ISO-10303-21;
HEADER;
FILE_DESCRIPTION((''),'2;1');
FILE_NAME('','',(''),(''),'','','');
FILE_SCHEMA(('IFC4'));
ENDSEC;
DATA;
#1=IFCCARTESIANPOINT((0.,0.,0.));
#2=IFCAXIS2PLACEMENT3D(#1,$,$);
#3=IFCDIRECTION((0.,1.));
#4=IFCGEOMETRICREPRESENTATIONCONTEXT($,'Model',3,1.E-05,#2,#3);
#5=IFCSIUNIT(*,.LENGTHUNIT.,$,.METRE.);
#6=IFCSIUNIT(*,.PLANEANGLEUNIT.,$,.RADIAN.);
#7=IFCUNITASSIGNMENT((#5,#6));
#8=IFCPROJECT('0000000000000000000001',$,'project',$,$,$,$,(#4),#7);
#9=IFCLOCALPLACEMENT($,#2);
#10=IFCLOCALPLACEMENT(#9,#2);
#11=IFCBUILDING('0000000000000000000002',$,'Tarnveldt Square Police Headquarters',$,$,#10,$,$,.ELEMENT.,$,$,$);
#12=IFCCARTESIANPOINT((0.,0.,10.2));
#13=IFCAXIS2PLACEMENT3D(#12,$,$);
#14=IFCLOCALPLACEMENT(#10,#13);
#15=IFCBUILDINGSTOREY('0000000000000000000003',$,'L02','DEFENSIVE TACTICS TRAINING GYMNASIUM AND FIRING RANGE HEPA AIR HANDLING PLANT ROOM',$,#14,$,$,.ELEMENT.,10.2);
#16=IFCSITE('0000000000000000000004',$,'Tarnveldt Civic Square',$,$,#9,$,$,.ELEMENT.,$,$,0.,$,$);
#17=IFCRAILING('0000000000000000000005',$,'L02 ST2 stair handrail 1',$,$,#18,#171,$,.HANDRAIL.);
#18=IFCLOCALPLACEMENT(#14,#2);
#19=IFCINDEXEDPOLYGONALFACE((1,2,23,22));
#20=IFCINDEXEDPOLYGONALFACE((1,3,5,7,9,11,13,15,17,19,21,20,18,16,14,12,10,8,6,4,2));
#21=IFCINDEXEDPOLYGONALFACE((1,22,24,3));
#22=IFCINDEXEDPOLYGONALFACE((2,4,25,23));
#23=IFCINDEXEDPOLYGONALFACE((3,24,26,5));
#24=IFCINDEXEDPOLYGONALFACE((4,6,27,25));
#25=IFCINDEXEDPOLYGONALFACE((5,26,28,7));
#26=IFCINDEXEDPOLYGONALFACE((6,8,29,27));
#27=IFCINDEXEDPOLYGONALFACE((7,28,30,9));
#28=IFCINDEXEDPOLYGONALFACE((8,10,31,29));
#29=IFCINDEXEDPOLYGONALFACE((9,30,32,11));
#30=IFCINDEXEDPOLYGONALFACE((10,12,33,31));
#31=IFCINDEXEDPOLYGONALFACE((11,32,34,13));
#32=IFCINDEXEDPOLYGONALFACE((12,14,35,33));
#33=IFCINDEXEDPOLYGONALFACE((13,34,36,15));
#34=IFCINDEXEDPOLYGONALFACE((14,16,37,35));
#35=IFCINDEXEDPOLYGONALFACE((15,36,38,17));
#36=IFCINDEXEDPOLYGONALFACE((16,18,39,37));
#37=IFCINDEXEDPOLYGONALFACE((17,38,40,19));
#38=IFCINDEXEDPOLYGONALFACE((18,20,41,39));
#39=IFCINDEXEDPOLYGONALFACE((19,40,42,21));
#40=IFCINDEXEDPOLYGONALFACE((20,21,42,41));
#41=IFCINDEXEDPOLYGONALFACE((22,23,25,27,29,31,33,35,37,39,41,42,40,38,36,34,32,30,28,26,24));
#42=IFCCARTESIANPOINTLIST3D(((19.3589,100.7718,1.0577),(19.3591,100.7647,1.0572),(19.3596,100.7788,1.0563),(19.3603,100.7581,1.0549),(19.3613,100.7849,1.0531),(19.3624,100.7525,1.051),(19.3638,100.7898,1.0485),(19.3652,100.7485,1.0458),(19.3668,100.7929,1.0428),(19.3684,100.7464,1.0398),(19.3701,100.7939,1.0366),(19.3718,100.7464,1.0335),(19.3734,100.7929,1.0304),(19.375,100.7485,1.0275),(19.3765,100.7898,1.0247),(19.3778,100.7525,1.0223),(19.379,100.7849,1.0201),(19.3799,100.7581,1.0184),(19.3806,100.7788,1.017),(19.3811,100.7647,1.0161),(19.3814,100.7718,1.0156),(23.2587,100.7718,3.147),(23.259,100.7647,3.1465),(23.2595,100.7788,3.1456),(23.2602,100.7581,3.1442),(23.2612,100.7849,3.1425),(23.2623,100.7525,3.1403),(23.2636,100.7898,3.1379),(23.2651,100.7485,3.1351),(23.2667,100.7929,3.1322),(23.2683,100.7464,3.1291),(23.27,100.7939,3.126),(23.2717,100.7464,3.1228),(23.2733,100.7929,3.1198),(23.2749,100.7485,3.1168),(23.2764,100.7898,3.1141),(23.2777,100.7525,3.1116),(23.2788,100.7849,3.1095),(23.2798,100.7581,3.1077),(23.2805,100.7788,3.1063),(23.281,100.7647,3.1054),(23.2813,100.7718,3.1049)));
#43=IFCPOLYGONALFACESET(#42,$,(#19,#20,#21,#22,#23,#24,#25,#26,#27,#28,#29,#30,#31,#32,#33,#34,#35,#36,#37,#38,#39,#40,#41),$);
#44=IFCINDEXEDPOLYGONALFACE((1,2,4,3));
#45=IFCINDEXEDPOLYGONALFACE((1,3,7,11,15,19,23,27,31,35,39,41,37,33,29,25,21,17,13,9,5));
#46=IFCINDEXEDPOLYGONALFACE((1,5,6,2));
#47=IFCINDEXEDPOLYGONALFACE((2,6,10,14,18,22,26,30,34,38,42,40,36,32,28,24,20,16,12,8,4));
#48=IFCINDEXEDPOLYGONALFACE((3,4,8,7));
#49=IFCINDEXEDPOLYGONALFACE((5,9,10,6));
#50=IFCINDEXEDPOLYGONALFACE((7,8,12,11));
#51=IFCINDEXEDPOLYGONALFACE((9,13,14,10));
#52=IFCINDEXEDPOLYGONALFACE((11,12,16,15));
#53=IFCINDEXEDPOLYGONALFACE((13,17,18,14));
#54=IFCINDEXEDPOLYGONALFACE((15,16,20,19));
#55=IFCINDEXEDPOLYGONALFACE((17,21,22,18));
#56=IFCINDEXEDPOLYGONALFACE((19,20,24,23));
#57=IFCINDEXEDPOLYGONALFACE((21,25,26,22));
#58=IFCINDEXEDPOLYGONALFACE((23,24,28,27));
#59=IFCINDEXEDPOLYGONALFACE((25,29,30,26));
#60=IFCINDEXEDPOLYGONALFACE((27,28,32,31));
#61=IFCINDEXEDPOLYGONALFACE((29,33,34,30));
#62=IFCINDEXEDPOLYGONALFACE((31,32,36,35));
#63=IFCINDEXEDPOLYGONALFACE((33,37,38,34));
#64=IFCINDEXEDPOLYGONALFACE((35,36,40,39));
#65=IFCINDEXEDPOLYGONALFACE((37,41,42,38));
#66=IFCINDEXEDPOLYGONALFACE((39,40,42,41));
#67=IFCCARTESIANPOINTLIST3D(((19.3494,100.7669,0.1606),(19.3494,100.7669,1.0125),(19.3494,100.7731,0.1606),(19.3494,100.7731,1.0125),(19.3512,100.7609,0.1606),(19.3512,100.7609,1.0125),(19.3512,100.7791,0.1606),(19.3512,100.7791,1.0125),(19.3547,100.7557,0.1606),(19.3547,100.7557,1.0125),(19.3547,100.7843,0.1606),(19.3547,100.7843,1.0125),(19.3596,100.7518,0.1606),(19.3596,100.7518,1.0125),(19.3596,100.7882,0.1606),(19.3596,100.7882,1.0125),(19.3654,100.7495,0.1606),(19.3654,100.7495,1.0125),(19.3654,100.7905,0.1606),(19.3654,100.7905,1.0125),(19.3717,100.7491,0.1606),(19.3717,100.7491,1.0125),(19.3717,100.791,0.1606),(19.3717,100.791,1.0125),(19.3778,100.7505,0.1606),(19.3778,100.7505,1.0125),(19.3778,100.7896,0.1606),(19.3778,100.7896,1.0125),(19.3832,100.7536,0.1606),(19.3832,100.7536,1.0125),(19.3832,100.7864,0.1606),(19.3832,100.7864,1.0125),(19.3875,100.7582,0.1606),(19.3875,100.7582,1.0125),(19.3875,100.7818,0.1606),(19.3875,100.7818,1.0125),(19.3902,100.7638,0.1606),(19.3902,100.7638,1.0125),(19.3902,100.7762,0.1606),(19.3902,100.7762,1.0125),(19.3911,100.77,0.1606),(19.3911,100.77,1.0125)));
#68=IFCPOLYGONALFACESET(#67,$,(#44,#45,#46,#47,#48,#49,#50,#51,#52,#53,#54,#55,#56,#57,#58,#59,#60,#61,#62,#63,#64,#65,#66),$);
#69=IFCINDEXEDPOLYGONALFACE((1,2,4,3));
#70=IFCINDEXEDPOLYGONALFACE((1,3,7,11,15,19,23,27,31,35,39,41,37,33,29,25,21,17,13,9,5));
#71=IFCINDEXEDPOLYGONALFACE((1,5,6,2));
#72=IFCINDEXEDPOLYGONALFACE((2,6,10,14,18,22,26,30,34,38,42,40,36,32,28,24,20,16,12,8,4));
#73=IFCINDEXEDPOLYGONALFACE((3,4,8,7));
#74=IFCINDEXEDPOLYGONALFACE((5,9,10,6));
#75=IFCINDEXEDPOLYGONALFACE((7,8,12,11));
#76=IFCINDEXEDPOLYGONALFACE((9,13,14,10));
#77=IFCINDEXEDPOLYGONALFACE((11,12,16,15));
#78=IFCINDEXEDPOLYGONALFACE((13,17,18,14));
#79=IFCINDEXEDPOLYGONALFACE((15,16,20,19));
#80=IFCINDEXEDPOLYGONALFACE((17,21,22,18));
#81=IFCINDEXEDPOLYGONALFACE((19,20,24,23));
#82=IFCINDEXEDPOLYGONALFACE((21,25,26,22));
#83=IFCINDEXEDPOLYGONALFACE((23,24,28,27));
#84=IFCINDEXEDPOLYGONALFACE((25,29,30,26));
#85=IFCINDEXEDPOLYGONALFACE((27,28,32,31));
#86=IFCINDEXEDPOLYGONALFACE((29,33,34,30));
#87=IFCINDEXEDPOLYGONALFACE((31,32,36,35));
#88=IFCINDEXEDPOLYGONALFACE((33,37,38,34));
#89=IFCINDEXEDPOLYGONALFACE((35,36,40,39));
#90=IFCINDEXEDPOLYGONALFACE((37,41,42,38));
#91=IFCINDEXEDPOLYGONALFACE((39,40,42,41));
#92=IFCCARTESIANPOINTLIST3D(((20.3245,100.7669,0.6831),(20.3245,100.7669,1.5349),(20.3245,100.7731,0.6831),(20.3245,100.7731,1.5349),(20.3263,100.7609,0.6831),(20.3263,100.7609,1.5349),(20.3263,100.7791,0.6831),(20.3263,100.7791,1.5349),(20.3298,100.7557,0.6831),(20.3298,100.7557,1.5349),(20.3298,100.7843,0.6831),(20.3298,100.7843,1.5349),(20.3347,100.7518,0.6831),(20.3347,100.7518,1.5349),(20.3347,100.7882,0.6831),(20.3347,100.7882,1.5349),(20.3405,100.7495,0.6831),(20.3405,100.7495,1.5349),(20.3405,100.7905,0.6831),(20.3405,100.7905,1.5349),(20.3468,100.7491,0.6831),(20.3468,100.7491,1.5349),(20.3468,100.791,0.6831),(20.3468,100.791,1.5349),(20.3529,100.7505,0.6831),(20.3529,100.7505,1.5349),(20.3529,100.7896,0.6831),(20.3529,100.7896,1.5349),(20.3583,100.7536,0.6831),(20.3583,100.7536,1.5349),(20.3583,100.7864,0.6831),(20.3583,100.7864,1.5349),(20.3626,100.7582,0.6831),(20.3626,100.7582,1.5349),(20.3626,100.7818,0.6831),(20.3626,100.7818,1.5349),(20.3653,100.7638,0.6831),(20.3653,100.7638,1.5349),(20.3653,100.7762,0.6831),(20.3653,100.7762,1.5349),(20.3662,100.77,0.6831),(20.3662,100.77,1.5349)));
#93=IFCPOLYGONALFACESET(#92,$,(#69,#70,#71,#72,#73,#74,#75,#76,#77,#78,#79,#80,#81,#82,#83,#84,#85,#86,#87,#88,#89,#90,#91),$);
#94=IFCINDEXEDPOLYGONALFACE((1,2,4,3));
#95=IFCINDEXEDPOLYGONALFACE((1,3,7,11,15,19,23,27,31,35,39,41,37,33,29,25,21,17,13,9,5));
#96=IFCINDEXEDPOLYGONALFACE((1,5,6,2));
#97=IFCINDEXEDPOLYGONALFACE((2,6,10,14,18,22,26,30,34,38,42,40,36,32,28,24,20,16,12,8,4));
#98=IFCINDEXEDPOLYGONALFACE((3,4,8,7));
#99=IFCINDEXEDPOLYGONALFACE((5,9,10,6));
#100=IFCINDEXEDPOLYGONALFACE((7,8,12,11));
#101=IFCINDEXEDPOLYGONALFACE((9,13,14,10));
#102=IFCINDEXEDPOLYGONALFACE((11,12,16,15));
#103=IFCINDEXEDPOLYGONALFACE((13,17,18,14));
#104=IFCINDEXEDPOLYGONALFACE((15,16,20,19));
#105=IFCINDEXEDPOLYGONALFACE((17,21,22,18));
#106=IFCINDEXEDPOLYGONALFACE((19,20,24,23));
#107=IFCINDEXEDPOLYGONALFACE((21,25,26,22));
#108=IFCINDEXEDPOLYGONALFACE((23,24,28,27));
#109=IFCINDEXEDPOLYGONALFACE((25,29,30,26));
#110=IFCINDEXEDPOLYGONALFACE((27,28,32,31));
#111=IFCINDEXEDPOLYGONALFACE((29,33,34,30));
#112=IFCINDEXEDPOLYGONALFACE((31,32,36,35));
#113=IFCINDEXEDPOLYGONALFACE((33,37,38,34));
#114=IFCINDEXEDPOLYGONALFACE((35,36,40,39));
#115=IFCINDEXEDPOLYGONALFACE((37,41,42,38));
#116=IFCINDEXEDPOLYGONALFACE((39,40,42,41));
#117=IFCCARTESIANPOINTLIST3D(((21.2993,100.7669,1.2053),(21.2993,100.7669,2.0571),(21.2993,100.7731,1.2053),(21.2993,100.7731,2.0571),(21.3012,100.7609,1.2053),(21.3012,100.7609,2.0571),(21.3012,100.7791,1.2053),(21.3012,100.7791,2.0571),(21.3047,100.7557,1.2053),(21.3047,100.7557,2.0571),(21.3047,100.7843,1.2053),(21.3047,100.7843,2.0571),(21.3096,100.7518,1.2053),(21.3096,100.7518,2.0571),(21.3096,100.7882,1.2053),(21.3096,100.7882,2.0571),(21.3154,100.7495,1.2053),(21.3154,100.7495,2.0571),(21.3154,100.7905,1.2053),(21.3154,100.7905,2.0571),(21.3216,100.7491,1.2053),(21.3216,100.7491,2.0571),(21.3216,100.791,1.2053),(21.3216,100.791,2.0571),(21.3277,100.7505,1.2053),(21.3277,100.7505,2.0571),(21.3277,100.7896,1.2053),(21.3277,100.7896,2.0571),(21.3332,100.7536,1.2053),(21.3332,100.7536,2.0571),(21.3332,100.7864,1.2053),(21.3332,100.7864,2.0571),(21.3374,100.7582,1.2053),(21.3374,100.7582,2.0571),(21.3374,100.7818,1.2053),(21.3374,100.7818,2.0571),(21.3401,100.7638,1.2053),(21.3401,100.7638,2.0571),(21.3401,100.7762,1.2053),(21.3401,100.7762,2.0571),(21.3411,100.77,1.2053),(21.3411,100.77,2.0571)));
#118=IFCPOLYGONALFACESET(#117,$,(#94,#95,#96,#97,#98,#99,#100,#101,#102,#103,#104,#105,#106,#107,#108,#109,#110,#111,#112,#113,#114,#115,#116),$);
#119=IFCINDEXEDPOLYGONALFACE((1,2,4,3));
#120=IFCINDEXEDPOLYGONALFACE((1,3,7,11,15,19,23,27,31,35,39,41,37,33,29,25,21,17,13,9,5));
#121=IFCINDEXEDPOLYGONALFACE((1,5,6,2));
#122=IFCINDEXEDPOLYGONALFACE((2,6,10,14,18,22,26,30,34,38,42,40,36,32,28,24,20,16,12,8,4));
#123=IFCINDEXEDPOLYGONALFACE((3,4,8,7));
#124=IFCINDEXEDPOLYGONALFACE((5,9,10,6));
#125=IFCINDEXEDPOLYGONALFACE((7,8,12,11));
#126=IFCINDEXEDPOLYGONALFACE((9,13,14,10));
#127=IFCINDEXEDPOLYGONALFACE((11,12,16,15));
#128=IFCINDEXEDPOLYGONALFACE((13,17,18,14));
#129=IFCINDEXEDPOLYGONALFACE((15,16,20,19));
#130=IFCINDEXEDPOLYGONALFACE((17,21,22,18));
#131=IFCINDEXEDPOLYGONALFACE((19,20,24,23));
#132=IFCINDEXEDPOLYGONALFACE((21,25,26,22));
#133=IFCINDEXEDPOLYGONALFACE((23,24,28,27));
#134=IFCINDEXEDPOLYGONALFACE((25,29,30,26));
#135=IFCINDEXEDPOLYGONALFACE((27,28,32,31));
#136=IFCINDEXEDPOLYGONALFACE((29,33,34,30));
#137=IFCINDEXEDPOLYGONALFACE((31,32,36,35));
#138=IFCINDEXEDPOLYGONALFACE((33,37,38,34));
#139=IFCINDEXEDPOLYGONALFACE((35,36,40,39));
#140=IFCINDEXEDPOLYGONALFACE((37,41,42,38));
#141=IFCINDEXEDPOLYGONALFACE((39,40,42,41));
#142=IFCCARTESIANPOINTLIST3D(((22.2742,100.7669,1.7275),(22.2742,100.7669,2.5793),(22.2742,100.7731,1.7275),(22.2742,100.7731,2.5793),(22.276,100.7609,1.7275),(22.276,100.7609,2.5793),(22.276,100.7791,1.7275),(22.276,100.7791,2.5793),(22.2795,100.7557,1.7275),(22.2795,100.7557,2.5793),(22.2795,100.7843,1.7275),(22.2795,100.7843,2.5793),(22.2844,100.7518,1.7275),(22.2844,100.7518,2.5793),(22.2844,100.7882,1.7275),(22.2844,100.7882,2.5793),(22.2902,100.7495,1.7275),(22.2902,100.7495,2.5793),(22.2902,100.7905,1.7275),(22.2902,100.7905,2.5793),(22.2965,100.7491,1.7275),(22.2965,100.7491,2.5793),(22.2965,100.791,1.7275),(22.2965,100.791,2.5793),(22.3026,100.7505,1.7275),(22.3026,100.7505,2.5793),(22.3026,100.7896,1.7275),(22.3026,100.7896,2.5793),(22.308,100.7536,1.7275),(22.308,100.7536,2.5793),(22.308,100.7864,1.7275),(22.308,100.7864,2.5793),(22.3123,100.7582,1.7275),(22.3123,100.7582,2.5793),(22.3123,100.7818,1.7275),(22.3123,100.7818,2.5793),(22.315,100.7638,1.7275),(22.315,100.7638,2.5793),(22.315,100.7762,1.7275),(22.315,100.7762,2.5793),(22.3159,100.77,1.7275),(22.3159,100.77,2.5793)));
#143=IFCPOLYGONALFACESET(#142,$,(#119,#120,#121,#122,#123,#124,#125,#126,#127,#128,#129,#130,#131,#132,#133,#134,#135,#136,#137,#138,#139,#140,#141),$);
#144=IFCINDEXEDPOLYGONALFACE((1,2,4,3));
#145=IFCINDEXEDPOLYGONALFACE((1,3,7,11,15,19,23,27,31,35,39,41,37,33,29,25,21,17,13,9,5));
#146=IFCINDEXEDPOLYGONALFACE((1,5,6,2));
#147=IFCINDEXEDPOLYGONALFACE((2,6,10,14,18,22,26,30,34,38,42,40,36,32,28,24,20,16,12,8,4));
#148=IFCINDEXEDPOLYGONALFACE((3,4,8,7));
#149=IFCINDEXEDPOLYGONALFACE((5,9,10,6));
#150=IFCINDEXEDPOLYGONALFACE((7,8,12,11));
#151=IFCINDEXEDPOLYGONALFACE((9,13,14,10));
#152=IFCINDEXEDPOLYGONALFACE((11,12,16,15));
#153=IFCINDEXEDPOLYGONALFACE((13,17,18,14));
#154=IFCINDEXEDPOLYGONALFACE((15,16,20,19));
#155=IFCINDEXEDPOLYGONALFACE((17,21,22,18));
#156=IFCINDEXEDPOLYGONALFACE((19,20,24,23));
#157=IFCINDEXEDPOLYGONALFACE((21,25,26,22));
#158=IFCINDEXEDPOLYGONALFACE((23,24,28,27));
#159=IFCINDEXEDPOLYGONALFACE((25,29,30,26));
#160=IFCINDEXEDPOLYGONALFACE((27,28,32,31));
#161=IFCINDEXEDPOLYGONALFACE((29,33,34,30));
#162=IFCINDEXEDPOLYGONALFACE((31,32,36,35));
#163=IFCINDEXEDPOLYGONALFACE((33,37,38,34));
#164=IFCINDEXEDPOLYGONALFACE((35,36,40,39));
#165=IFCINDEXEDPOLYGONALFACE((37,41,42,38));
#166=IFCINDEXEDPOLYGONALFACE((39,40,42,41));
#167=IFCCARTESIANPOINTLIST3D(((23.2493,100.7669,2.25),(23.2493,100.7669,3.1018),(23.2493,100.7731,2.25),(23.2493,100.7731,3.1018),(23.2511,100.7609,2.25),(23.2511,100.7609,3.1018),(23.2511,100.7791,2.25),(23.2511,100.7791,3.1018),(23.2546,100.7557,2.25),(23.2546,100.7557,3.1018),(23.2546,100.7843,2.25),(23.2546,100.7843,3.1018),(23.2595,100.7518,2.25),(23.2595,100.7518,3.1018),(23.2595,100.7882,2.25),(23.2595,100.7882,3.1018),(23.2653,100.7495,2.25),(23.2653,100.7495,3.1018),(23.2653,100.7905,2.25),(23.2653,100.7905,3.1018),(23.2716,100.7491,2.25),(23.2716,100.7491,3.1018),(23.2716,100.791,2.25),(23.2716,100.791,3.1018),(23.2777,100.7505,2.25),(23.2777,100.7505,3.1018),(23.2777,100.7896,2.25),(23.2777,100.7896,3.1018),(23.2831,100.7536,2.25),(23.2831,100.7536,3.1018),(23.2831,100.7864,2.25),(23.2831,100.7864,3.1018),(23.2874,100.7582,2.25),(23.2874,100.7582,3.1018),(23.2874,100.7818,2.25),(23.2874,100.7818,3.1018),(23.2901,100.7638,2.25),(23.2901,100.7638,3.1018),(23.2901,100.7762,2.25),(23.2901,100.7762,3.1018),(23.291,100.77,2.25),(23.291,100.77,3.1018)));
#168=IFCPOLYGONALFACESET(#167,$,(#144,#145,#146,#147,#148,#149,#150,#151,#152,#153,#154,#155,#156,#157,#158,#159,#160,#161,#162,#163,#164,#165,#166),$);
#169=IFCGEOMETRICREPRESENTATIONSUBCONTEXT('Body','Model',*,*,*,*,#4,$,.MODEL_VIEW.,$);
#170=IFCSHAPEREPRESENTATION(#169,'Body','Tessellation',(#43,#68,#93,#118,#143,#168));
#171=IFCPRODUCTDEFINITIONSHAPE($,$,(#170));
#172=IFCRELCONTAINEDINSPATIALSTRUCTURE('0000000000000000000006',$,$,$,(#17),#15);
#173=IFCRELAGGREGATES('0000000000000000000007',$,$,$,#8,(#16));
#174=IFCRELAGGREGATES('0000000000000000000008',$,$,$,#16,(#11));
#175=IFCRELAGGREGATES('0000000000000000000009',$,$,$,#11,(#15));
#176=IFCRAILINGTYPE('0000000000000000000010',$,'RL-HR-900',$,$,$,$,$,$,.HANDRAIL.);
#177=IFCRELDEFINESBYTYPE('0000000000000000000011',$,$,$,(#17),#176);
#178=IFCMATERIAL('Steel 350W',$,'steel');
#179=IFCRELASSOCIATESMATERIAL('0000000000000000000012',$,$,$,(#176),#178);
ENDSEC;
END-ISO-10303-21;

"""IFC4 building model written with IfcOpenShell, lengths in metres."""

from ifc_helpers import new_model, si_unit, direction, frame, origin, origin_2d, place, context, subcontext, project, spatial, circle, extrude, material, type_object, element, save


model = new_model("IFC4")

# Units and contexts
model_context = context("Model", 3, precision=1e-05, world=origin(), true_north=direction((0.0, 1.0)))
body_context = subcontext(model_context, "Body", "Model", "MODEL_VIEW")
ifc_project = project(units=[si_unit("LENGTHUNIT", "METRE"), si_unit("PLANEANGLEUNIT", "RADIAN")], contexts=[model_context])

# Site, building, storey
site_placement = place(None, origin())
site = spatial("IfcSite", under=ifc_project, at=site_placement, Name="Tarnveldt Civic Square", CompositionType="ELEMENT", RefElevation=0.0)
building_placement = place(site_placement, origin())
building = spatial("IfcBuilding", under=site, at=building_placement, Name="Tarnveldt Square Police Headquarters", CompositionType="ELEMENT")
storey_placement = place(building_placement, frame((0.0, 0.0, 10.2)))
storey = spatial("IfcBuildingStorey", under=building, at=storey_placement, Name="L02", Description="DEFENSIVE TACTICS TRAINING GYMNASIUM AND FIRING RANGE HEPA AIR HANDLING PLANT ROOM", CompositionType="ELEMENT", Elevation=10.2)

# Shared definitions
ifc_material_1 = material(Name="Steel 350W", Category="steel")

# Railing
railing_type_1 = type_object("IfcRailingType", Name="RL-HR-900", PredefinedType="HANDRAIL", material=ifc_material_1)
railing_1_placement = place(storey_placement, frame((19.3701, 100.77, 0.1606)))
element("IfcRailing", 1, at=railing_1_placement, inside=storey, type_object=railing_type_1, Name="L02 ST2 stair handrail 1", PredefinedType="HANDRAIL", context=body_context, shape_type="SweptSolid", body=[
    extrude(circle(Radius=0.0239, at=origin_2d()), frame((0.0, 0.0, 0.876), z_axis=(0.881468, 0.0, 0.472243), x_axis=(0.0, 1.0, 0.0)), (0.0, 0.0, 1.0), 4.4243),
    extrude(circle(Radius=0.021, at=origin_2d()), origin(), (0.0, 0.0, 1.0), 0.8518),
    extrude(circle(Radius=0.021, at=origin_2d()), frame((0.9751, 0.0, 0.5225)), (0.0, 0.0, 1.0), 0.8518),
    extrude(circle(Radius=0.021, at=origin_2d()), frame((1.95, 0.0, 1.0447)), (0.0, 0.0, 1.0), 0.8518),
    extrude(circle(Radius=0.021, at=origin_2d()), frame((2.9248, 0.0, 1.5669)), (0.0, 0.0, 1.0), 0.8518),
    extrude(circle(Radius=0.021, at=origin_2d()), frame((3.8999, 0.0, 2.0894)), (0.0, 0.0, 1.0), 0.8518),
])

save(model, "model.ifc")
